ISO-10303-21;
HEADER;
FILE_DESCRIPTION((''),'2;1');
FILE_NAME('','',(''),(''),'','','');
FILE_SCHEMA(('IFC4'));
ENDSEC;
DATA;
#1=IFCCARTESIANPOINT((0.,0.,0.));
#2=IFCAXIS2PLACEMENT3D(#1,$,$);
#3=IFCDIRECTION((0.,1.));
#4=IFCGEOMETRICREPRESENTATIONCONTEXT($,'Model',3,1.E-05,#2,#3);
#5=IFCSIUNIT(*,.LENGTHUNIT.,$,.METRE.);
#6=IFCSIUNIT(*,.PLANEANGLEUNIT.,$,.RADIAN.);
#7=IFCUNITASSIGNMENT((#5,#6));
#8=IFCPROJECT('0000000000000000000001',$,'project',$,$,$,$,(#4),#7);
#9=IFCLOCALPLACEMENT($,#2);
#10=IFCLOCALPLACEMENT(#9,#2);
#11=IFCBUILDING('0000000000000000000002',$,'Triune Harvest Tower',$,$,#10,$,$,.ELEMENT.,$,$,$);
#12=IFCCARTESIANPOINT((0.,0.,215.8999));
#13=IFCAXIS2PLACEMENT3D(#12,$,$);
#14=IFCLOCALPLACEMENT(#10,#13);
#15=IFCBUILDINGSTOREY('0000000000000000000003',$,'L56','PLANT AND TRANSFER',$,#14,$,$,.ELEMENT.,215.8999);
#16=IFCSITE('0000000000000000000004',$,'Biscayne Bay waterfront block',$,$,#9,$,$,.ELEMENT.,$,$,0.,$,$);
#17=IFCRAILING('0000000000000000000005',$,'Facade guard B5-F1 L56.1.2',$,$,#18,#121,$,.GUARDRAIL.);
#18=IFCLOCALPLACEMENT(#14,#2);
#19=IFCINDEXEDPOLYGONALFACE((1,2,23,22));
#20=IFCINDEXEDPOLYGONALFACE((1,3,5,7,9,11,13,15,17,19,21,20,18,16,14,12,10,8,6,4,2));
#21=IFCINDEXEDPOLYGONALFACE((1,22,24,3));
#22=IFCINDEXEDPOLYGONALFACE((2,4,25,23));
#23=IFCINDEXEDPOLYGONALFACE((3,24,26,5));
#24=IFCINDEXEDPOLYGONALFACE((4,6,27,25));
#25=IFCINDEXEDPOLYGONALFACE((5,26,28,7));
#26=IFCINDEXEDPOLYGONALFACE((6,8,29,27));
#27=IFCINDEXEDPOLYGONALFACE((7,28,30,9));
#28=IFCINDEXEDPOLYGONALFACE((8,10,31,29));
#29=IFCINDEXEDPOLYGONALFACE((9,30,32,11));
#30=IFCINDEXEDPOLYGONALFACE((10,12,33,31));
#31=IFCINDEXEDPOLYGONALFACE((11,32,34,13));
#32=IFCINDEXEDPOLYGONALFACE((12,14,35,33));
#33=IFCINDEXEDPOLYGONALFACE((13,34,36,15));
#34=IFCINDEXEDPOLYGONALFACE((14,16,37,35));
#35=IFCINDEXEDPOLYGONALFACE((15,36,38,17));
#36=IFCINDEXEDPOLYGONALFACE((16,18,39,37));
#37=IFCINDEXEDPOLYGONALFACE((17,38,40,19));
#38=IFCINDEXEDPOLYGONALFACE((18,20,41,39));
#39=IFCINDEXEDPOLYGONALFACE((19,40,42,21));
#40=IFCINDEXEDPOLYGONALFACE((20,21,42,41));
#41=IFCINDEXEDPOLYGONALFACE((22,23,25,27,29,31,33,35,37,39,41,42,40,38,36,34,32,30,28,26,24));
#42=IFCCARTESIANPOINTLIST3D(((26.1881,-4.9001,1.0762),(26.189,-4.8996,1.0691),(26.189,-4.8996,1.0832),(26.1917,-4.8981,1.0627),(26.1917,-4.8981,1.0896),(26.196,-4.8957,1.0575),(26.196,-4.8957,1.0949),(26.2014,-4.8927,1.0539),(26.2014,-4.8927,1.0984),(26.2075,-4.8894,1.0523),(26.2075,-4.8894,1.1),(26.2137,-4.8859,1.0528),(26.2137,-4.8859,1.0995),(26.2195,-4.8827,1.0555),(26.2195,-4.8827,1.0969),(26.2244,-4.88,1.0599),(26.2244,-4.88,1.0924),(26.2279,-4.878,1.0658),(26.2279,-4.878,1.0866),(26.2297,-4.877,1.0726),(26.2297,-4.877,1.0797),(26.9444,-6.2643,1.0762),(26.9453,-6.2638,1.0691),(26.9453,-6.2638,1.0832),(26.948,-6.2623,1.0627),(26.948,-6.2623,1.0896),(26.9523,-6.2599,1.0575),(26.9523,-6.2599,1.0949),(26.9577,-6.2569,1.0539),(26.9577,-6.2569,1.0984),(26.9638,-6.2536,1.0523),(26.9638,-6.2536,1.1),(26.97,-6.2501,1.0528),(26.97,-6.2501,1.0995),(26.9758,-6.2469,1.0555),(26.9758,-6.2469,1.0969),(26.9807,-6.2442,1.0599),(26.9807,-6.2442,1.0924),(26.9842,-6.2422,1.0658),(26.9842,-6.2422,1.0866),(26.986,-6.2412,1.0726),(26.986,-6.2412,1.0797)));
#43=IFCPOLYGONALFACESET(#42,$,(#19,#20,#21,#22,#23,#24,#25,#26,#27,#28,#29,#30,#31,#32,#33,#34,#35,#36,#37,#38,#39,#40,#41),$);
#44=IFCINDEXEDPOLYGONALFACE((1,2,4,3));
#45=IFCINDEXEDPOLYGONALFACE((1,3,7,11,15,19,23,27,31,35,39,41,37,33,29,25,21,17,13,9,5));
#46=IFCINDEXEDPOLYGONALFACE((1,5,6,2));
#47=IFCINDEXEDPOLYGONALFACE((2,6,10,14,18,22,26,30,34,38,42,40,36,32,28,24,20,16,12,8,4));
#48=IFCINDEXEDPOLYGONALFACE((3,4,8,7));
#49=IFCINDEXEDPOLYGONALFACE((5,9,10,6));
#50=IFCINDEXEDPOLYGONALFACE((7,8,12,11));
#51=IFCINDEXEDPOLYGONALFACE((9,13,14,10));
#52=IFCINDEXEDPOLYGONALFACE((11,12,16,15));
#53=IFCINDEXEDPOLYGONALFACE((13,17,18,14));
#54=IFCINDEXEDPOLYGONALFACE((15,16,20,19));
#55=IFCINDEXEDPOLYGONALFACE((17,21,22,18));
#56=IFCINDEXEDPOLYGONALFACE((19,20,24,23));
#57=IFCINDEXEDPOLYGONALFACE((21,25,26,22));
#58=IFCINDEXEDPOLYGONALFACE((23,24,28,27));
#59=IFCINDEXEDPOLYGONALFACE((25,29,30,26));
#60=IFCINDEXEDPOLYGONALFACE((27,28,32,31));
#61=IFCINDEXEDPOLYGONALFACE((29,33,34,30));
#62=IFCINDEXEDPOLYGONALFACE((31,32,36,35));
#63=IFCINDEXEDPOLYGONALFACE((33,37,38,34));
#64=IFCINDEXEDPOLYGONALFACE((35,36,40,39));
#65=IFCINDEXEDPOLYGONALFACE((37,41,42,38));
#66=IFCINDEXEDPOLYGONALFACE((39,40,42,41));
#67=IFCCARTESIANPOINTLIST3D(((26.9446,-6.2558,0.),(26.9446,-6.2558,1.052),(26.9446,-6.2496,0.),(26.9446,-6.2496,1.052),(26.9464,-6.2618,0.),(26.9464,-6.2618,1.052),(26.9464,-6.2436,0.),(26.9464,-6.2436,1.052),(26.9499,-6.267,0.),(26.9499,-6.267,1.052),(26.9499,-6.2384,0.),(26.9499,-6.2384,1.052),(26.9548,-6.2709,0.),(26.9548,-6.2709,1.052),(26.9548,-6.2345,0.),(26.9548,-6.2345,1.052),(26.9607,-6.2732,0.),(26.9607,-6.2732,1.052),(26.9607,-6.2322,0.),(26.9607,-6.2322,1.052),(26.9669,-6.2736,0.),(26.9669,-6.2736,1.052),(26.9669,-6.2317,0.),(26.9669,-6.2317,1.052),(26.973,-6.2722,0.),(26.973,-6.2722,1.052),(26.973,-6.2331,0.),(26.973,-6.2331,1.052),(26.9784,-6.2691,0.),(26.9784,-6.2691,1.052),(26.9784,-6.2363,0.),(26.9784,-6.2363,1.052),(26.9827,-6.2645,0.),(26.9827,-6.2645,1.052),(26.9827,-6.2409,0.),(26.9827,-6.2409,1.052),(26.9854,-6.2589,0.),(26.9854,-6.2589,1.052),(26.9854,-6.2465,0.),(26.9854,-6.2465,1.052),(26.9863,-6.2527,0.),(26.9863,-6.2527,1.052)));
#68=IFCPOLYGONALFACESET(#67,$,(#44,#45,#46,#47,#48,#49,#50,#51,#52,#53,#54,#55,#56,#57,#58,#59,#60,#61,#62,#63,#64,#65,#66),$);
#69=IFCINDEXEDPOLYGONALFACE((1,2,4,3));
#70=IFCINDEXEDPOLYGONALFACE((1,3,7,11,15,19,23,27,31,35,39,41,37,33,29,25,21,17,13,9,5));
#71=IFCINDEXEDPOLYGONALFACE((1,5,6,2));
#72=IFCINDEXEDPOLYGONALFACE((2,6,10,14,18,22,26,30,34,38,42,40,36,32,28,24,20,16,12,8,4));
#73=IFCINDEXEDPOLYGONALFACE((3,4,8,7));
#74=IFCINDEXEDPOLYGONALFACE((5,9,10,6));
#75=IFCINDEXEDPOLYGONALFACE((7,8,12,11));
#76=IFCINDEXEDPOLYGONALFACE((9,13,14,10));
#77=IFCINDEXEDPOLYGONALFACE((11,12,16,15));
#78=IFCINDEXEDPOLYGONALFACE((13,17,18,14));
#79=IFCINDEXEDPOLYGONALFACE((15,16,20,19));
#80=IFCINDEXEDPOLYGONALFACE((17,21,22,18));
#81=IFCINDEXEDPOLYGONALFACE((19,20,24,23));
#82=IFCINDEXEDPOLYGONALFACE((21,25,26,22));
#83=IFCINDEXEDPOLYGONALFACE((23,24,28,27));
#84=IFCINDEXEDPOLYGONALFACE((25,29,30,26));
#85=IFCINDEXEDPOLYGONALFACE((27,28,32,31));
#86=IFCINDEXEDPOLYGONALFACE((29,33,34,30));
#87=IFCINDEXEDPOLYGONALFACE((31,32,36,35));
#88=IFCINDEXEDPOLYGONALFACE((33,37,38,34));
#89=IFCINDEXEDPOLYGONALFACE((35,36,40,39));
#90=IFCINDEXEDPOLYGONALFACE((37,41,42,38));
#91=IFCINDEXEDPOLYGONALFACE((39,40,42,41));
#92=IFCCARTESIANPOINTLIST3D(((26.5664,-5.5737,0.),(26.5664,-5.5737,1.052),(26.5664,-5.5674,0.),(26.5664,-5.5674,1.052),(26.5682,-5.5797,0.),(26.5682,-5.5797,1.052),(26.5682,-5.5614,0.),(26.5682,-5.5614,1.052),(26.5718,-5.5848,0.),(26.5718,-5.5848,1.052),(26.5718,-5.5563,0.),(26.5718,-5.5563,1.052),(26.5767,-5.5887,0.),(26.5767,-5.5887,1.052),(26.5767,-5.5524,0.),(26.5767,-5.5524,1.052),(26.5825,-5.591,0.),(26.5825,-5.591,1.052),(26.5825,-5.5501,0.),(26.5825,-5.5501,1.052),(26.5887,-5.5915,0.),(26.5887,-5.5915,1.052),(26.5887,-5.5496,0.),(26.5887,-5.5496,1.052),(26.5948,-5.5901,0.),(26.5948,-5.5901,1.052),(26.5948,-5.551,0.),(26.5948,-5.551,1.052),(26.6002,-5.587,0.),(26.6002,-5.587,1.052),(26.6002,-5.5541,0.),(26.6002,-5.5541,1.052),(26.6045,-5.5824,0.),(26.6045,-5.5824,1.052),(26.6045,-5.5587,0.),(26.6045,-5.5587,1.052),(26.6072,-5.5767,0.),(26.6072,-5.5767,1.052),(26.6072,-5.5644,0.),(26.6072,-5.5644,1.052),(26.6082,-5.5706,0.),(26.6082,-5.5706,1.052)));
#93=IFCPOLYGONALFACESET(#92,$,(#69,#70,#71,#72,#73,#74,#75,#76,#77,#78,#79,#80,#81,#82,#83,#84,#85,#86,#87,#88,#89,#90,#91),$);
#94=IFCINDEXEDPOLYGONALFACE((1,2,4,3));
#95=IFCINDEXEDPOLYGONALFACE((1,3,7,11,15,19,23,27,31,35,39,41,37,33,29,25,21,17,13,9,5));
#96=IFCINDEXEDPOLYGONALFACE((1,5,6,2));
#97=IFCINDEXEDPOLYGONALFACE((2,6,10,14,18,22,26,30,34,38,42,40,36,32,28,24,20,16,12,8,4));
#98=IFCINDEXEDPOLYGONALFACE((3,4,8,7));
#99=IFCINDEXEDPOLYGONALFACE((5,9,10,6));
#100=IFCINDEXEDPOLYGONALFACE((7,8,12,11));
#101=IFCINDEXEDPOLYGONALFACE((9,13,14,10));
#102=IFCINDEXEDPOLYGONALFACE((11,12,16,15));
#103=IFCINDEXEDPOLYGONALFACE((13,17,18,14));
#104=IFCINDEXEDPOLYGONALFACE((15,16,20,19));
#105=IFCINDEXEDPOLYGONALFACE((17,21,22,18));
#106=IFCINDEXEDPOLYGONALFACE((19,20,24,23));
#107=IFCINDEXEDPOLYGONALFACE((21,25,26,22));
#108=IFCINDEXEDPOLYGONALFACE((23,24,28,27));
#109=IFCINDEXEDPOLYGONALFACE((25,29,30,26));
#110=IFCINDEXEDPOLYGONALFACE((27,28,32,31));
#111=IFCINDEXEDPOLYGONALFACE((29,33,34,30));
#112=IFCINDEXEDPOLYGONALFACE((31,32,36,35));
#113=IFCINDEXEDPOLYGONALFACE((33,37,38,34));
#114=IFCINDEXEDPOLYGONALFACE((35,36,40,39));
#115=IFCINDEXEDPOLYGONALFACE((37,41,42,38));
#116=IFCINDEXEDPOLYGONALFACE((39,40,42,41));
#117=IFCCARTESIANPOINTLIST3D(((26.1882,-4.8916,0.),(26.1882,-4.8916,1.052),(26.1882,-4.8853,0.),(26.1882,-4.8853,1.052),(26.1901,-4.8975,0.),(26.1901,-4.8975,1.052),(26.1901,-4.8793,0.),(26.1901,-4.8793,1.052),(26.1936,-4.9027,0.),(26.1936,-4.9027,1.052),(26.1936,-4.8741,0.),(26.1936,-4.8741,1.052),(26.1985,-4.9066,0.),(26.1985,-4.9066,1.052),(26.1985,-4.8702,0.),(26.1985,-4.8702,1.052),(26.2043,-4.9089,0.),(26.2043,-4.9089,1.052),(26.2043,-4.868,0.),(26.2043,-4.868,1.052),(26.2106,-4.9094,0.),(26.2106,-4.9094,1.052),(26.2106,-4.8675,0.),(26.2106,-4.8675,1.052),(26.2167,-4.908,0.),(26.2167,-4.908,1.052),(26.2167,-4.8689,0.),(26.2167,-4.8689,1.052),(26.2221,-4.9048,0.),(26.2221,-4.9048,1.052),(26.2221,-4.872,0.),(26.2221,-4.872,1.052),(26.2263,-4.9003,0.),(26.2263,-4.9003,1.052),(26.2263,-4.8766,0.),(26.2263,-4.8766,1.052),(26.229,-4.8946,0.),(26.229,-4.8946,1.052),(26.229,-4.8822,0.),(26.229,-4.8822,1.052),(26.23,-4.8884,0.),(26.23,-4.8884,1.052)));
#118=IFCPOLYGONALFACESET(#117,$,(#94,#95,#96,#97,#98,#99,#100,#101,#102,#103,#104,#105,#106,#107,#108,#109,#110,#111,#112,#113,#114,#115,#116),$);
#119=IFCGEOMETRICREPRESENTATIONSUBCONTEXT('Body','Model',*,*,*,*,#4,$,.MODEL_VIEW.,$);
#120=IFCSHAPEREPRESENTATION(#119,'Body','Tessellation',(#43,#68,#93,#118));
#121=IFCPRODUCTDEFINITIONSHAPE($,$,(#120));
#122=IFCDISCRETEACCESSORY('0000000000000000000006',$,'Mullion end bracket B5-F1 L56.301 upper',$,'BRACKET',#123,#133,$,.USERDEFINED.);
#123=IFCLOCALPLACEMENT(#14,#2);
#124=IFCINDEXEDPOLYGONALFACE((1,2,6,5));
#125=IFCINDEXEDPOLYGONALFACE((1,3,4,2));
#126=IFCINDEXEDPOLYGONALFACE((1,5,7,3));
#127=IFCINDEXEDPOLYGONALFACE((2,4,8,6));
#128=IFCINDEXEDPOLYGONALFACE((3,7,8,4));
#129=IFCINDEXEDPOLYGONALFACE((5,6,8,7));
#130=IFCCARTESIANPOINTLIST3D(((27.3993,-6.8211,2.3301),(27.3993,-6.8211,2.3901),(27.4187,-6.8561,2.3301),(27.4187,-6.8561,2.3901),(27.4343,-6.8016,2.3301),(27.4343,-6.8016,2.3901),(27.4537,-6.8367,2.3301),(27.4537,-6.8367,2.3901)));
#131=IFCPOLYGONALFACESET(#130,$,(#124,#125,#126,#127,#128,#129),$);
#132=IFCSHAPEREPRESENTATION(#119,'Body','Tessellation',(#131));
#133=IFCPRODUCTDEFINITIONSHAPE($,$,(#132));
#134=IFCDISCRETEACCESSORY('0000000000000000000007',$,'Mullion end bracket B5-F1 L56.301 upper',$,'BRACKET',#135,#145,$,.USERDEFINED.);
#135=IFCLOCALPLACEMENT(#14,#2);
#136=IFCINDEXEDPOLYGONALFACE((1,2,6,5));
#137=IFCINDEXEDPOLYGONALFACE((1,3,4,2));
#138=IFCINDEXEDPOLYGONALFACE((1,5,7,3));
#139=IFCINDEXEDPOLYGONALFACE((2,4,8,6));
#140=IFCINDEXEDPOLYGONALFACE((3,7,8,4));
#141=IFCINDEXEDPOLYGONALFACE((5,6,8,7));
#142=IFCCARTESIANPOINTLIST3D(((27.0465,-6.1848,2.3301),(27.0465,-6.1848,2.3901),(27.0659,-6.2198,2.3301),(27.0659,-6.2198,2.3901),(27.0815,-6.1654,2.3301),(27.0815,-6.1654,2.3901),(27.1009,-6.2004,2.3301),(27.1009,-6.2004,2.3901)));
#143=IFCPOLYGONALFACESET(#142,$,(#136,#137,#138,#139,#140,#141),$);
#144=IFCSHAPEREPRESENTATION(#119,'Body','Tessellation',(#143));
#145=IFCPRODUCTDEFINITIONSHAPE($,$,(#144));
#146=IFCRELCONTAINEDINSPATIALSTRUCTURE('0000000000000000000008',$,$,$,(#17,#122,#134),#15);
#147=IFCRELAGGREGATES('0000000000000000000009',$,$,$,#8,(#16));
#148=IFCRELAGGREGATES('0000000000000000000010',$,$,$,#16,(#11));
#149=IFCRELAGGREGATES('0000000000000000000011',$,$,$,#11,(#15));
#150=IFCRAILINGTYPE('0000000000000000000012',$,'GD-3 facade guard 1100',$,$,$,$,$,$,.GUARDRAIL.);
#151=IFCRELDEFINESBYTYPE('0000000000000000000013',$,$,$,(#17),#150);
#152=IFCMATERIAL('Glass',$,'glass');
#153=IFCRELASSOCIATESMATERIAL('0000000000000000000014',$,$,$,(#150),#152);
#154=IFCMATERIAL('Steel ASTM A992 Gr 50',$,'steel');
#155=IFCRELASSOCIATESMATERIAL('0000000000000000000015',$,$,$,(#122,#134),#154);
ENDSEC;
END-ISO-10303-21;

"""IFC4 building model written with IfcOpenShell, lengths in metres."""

from ifc_helpers import new_model, si_unit, direction, frame, origin, origin_2d, place, context, subcontext, project, spatial, rectangle, circle, extrude, source, transform, mapped, material, type_object, element, save


model = new_model("IFC4")

# Units and contexts
model_context = context("Model", 3, precision=1e-05, world=origin(), true_north=direction((0.0, 1.0)))
body_context = subcontext(model_context, "Body", "Model", "MODEL_VIEW")
ifc_project = project(units=[si_unit("LENGTHUNIT", "METRE"), si_unit("PLANEANGLEUNIT", "RADIAN")], contexts=[model_context])

# Site, building, storey
site_placement = place(None, origin())
site = spatial("IfcSite", under=ifc_project, at=site_placement, Name="Biscayne Bay waterfront block", CompositionType="ELEMENT", RefElevation=0.0)
building_placement = place(site_placement, origin())
building = spatial("IfcBuilding", under=site, at=building_placement, Name="Triune Harvest Tower", CompositionType="ELEMENT")
storey_placement = place(building_placement, frame((0.0, 0.0, 215.8999)))
storey = spatial("IfcBuildingStorey", under=building, at=storey_placement, Name="L56", Description="PLANT AND TRANSFER", CompositionType="ELEMENT", Elevation=215.8999)

# Railing
ifc_material_1 = material(Name="Glass", Category="glass")
railing_type = type_object("IfcRailingType", Name="GD-3 facade guard 1100", PredefinedType="GUARDRAIL", material=ifc_material_1)
railing_placement = place(storey_placement, frame((26.9653, -6.2527, 0.0)))
element("IfcRailing", 1, at=railing_placement, inside=storey, type_object=railing_type, Name="Facade guard B5-F1 L56.1.2", PredefinedType="GUARDRAIL", context=body_context, shape_type="SweptSolid", body=[
    extrude(circle(Radius=0.0239, at=origin_2d()), frame((0.0, 0.0, 1.0762), z_axis=(-0.484872, 0.874585, 0.0), x_axis=(-0.874585, -0.484872, 0.0)), (0.0, 0.0, 1.0), 1.5598),
    extrude(circle(Radius=0.021, at=origin_2d()), origin(), (0.0, 0.0, 1.0), 1.052),
    extrude(circle(Radius=0.021, at=origin_2d()), frame((-0.3782, 0.6821, 0.0)), (0.0, 0.0, 1.0), 1.052),
    extrude(circle(Radius=0.021, at=origin_2d()), frame((-0.7563, 1.3643, 0.0)), (0.0, 0.0, 1.0), 1.052),
])

# Discrete accessories
ifc_material_2 = material(Name="Steel ASTM A992 Gr 50", Category="steel")
shared_shape_1 = source(origin(), body_context, "Body", "SweptSolid", [
    extrude(rectangle(XDim=0.04, YDim=0.04, at=origin_2d()), origin(), (0.0, 0.0, 1.0), 0.0601),
])
for number, where, z_axis, x_axis, name in (
    (2, (27.4265, -6.8289, 2.3301), (0.0, 0.0, 1.0), (-0.484897, 0.874571, 0.0), "Mullion end bracket B5-F1 L56.301 upper"),
    (3, (27.0737, -6.1926, 2.3301), (0.0, 0.0, 1.0), (-0.484897, 0.874571, 0.0), "Mullion end bracket B5-F1 L56.301 upper"),
):
    element("IfcDiscreteAccessory", number, at=place(storey_placement, frame(where, z_axis=z_axis, x_axis=x_axis)), inside=storey, material=ifc_material_2, Name=name, ObjectType="BRACKET", PredefinedType="USERDEFINED", context=body_context, shape_type="MappedRepresentation", body=[
        mapped(shared_shape_1, transform((0.0, 0.0, 0.0), scale=1.0)),
    ])

save(model, "model.ifc")
